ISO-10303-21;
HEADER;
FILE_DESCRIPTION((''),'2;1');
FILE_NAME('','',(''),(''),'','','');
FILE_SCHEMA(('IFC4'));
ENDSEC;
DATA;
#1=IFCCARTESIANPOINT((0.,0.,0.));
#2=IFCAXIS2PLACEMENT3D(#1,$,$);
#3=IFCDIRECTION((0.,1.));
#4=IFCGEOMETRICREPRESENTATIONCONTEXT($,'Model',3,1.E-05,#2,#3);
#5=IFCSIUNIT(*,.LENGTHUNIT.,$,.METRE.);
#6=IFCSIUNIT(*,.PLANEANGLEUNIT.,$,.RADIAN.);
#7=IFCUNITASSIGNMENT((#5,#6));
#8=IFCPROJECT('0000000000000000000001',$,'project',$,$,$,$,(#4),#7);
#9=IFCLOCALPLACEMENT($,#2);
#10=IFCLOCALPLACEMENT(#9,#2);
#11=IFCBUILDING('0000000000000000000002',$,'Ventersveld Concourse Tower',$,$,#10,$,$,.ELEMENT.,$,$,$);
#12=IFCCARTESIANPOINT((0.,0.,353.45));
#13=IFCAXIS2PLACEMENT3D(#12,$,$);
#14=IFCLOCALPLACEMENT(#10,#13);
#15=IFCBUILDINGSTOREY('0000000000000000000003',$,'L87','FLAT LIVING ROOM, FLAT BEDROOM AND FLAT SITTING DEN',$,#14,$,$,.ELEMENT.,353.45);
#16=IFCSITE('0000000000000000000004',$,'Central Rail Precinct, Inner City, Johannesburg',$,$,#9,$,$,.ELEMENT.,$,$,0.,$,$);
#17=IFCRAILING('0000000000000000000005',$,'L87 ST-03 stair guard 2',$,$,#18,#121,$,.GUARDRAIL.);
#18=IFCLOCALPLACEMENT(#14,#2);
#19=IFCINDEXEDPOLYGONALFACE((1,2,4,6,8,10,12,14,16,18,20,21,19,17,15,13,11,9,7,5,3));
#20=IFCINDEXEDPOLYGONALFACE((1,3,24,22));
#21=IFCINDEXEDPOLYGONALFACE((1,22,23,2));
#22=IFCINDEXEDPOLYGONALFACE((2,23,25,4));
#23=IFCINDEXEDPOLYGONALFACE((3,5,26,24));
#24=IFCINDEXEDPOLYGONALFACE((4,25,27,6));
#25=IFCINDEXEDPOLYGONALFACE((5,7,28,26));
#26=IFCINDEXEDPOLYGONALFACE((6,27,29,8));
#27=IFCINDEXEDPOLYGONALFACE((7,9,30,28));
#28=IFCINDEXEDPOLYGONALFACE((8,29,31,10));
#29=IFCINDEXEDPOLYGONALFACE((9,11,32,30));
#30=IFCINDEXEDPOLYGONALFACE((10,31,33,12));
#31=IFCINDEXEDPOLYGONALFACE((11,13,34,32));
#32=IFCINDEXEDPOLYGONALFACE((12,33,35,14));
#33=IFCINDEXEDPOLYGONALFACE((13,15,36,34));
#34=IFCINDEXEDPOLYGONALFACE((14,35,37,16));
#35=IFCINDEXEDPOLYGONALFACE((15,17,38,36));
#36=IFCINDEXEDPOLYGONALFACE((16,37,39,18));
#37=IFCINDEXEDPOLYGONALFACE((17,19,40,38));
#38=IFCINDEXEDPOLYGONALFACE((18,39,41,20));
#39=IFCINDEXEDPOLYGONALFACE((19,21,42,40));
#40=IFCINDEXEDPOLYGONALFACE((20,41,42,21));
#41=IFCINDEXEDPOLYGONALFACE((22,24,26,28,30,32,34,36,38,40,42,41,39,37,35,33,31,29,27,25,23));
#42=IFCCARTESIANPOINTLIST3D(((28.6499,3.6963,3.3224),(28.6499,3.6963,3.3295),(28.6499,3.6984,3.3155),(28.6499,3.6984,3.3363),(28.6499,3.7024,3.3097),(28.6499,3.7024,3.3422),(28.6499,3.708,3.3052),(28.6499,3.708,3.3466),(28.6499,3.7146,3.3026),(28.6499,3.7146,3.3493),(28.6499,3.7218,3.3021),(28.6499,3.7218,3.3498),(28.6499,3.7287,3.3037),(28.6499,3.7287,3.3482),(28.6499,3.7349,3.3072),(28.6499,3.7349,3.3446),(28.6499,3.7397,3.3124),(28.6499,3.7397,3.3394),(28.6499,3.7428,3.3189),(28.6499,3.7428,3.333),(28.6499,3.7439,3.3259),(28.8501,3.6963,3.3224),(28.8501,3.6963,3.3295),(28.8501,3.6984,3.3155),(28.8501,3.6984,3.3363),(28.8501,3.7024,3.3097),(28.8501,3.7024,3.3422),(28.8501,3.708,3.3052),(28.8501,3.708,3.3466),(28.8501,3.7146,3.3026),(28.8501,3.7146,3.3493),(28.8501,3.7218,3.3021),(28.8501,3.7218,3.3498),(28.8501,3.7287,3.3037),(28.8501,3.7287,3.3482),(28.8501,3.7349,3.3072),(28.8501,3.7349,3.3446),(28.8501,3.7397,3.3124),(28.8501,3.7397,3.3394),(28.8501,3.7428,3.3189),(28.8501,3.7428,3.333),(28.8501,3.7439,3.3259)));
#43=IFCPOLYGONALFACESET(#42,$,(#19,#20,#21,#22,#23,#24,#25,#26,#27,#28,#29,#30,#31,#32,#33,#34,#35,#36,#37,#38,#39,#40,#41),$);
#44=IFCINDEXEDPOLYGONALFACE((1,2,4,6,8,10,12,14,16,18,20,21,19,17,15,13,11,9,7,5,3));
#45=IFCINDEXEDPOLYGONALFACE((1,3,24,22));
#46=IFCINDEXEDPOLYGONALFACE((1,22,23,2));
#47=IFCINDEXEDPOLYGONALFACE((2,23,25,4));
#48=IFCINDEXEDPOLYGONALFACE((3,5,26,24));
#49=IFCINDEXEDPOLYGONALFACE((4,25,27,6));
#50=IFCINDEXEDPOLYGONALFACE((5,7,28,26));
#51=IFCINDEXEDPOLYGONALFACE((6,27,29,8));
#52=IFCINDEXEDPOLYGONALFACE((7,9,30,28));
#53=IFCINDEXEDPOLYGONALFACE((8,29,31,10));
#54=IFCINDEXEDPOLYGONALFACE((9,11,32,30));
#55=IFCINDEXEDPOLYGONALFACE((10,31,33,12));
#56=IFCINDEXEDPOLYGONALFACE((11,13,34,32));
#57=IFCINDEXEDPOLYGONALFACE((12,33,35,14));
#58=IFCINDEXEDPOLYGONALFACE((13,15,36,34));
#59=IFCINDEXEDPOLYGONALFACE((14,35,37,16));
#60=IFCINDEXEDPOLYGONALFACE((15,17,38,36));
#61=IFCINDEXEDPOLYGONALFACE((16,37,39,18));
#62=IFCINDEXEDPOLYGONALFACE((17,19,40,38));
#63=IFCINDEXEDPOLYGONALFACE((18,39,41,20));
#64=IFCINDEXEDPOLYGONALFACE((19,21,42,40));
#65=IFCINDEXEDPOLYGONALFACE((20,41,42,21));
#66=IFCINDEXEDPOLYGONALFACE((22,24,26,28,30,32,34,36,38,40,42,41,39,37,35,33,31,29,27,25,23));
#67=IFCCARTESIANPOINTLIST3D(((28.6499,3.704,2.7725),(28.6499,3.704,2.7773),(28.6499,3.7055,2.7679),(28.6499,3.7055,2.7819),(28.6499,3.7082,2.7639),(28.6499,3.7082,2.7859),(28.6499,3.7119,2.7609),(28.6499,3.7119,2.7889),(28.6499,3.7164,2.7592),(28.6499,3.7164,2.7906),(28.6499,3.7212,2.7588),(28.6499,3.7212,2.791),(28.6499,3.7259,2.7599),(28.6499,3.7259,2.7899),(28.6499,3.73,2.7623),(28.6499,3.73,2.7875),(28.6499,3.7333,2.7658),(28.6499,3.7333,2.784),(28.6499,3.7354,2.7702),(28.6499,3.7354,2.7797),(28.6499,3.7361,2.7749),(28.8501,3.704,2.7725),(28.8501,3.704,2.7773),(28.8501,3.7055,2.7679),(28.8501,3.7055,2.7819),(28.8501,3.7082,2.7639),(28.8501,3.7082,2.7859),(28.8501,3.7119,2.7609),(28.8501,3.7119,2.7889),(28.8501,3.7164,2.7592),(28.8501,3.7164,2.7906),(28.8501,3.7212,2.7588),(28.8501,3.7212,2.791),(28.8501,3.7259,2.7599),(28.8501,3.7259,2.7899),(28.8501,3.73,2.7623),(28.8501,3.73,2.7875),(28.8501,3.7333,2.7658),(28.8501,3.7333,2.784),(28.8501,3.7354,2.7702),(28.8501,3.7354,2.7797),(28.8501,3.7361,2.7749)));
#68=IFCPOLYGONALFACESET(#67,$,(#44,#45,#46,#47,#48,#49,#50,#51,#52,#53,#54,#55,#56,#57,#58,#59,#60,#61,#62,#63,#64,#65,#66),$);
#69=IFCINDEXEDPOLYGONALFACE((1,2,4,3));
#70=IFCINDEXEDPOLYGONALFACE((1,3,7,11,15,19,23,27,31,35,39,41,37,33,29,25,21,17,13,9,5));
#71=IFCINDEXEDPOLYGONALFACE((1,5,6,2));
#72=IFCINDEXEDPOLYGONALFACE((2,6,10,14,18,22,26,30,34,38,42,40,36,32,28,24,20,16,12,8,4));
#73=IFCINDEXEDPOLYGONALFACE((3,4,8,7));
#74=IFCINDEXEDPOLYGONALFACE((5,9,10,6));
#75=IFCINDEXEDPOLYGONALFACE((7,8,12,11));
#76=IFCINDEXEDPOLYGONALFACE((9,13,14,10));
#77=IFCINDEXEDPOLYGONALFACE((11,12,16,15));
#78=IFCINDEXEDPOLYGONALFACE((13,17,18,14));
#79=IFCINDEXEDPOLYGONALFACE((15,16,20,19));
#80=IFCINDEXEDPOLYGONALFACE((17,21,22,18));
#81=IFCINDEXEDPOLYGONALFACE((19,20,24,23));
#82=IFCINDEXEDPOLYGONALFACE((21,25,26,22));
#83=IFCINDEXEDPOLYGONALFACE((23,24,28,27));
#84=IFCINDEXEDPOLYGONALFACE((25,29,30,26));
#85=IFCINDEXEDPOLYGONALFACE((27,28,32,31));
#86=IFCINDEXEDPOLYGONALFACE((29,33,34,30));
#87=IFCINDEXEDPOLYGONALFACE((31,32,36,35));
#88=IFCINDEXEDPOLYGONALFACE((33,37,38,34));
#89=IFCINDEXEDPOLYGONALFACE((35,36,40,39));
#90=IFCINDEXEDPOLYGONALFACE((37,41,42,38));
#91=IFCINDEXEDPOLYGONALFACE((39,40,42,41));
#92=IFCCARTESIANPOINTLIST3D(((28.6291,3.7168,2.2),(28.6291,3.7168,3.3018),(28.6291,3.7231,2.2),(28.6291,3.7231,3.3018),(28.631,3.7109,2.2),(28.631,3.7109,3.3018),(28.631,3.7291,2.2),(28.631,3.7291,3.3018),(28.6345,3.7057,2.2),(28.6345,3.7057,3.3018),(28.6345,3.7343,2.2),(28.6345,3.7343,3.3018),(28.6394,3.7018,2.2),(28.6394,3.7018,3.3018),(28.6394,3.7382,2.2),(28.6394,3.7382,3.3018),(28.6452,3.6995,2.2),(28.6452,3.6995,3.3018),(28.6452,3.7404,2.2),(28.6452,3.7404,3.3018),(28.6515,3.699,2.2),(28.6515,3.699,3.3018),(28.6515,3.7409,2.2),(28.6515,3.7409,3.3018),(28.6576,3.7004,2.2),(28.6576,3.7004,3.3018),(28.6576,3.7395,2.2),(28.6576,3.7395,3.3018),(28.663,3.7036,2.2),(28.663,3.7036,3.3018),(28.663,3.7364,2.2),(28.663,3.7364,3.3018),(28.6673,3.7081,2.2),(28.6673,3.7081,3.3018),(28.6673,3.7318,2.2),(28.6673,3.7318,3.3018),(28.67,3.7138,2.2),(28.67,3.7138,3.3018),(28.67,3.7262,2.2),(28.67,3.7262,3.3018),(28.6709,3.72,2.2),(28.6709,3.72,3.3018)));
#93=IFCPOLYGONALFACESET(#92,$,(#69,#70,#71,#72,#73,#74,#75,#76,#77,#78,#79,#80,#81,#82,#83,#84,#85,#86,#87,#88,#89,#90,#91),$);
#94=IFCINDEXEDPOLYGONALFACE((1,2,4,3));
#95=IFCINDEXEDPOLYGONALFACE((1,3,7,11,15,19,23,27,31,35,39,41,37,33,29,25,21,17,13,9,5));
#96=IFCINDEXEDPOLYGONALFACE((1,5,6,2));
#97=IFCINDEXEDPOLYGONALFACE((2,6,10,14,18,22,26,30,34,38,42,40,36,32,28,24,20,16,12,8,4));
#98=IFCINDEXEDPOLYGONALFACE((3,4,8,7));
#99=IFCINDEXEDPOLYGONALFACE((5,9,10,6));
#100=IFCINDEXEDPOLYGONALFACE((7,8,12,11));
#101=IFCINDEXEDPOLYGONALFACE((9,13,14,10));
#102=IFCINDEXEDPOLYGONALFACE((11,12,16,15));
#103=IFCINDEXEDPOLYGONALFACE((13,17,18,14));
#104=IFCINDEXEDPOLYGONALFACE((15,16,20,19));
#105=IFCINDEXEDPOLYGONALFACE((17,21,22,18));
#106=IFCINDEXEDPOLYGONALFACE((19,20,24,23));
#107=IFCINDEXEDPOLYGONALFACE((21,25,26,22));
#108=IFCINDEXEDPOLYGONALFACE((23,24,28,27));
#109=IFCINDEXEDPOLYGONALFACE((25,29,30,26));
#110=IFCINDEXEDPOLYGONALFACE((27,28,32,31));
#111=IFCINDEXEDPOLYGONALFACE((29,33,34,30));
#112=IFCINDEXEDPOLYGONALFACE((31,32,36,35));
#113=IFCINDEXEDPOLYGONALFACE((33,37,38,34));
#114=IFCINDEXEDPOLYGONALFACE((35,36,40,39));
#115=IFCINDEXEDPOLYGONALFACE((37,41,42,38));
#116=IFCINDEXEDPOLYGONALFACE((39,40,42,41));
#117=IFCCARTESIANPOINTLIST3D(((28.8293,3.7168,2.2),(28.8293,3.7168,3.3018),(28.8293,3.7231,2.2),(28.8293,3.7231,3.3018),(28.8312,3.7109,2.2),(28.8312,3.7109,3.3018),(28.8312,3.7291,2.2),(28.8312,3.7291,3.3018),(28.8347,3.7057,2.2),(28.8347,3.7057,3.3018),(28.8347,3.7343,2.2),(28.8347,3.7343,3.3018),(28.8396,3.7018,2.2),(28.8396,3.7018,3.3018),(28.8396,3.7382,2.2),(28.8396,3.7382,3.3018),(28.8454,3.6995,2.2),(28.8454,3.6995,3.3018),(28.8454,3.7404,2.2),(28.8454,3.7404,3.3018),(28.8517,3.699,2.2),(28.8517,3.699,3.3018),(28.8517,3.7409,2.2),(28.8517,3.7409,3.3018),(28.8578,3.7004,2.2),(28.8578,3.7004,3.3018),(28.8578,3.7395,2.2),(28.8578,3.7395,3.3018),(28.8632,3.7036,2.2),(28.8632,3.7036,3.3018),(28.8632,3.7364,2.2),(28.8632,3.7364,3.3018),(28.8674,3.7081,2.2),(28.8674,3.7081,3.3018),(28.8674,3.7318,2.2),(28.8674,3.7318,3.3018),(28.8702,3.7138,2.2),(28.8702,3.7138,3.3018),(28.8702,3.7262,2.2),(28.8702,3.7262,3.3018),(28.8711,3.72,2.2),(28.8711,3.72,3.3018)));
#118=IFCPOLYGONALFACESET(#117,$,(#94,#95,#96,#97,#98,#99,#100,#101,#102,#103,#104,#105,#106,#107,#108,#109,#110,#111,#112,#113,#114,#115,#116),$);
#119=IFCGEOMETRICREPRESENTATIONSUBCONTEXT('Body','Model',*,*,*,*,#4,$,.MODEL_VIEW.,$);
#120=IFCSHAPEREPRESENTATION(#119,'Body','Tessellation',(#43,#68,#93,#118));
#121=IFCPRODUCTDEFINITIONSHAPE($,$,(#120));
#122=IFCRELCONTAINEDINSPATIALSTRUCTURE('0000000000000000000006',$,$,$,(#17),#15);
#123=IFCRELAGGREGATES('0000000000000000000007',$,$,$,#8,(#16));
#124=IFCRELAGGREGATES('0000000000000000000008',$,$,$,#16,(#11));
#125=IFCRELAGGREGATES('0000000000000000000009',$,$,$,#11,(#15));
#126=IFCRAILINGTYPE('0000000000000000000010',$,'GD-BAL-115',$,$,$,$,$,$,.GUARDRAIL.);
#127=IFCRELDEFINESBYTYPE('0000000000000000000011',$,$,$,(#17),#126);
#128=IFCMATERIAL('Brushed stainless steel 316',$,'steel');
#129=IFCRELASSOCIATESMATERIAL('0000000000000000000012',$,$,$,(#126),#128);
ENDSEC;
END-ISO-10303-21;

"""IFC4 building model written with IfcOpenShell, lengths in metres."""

from ifc_helpers import new_model, si_unit, direction, frame, origin, origin_2d, place, context, subcontext, project, spatial, circle, extrude, material, type_object, element, save


model = new_model("IFC4")

# Units and contexts
model_context = context("Model", 3, precision=1e-05, world=origin(), true_north=direction((0.0, 1.0)))
body_context = subcontext(model_context, "Body", "Model", "MODEL_VIEW")
ifc_project = project(units=[si_unit("LENGTHUNIT", "METRE"), si_unit("PLANEANGLEUNIT", "RADIAN")], contexts=[model_context])

# Site, building, storey
site_placement = place(None, origin())
site = spatial("IfcSite", under=ifc_project, at=site_placement, Name="Central Rail Precinct, Inner City, Johannesburg", CompositionType="ELEMENT", RefElevation=0.0)
building_placement = place(site_placement, origin())
building = spatial("IfcBuilding", under=site, at=building_placement, Name="Ventersveld Concourse Tower", CompositionType="ELEMENT")
storey_placement = place(building_placement, frame((0.0, 0.0, 353.45)))
storey = spatial("IfcBuildingStorey", under=building, at=storey_placement, Name="L87", Description="FLAT LIVING ROOM, FLAT BEDROOM AND FLAT SITTING DEN", CompositionType="ELEMENT", Elevation=353.45)

# Shared definitions
ifc_material_1 = material(Name="Brushed stainless steel 316", Category="steel")

# Railing
railing_type_1 = type_object("IfcRailingType", Name="GD-BAL-115", PredefinedType="GUARDRAIL", material=ifc_material_1)
railing_1_placement = place(storey_placement, frame((28.6499, 3.72, 2.2)))
element("IfcRailing", 1, at=railing_1_placement, inside=storey, type_object=railing_type_1, Name="L87 ST-03 stair guard 2", PredefinedType="GUARDRAIL", context=body_context, shape_type="SweptSolid", body=[
    extrude(circle(Radius=0.0239, at=origin_2d()), frame((0.0, 0.0, 1.126), z_axis=(1.0, 0.0, 0.0), x_axis=(0.0, 1.0, 0.0)), (0.0, 0.0, 1.0), 0.2002),
    extrude(circle(Radius=0.0161, at=origin_2d()), frame((0.0, 0.0, 0.575), z_axis=(1.0, 0.0, 0.0), x_axis=(0.0, 1.0, 0.0)), (0.0, 0.0, 1.0), 0.2002),
    extrude(circle(Radius=0.021, at=origin_2d()), origin(), (0.0, 0.0, 1.0), 1.1018),
    extrude(circle(Radius=0.021, at=origin_2d()), frame((0.2002, 0.0, 0.0)), (0.0, 0.0, 1.0), 1.1018),
])

save(model, "model.ifc")
